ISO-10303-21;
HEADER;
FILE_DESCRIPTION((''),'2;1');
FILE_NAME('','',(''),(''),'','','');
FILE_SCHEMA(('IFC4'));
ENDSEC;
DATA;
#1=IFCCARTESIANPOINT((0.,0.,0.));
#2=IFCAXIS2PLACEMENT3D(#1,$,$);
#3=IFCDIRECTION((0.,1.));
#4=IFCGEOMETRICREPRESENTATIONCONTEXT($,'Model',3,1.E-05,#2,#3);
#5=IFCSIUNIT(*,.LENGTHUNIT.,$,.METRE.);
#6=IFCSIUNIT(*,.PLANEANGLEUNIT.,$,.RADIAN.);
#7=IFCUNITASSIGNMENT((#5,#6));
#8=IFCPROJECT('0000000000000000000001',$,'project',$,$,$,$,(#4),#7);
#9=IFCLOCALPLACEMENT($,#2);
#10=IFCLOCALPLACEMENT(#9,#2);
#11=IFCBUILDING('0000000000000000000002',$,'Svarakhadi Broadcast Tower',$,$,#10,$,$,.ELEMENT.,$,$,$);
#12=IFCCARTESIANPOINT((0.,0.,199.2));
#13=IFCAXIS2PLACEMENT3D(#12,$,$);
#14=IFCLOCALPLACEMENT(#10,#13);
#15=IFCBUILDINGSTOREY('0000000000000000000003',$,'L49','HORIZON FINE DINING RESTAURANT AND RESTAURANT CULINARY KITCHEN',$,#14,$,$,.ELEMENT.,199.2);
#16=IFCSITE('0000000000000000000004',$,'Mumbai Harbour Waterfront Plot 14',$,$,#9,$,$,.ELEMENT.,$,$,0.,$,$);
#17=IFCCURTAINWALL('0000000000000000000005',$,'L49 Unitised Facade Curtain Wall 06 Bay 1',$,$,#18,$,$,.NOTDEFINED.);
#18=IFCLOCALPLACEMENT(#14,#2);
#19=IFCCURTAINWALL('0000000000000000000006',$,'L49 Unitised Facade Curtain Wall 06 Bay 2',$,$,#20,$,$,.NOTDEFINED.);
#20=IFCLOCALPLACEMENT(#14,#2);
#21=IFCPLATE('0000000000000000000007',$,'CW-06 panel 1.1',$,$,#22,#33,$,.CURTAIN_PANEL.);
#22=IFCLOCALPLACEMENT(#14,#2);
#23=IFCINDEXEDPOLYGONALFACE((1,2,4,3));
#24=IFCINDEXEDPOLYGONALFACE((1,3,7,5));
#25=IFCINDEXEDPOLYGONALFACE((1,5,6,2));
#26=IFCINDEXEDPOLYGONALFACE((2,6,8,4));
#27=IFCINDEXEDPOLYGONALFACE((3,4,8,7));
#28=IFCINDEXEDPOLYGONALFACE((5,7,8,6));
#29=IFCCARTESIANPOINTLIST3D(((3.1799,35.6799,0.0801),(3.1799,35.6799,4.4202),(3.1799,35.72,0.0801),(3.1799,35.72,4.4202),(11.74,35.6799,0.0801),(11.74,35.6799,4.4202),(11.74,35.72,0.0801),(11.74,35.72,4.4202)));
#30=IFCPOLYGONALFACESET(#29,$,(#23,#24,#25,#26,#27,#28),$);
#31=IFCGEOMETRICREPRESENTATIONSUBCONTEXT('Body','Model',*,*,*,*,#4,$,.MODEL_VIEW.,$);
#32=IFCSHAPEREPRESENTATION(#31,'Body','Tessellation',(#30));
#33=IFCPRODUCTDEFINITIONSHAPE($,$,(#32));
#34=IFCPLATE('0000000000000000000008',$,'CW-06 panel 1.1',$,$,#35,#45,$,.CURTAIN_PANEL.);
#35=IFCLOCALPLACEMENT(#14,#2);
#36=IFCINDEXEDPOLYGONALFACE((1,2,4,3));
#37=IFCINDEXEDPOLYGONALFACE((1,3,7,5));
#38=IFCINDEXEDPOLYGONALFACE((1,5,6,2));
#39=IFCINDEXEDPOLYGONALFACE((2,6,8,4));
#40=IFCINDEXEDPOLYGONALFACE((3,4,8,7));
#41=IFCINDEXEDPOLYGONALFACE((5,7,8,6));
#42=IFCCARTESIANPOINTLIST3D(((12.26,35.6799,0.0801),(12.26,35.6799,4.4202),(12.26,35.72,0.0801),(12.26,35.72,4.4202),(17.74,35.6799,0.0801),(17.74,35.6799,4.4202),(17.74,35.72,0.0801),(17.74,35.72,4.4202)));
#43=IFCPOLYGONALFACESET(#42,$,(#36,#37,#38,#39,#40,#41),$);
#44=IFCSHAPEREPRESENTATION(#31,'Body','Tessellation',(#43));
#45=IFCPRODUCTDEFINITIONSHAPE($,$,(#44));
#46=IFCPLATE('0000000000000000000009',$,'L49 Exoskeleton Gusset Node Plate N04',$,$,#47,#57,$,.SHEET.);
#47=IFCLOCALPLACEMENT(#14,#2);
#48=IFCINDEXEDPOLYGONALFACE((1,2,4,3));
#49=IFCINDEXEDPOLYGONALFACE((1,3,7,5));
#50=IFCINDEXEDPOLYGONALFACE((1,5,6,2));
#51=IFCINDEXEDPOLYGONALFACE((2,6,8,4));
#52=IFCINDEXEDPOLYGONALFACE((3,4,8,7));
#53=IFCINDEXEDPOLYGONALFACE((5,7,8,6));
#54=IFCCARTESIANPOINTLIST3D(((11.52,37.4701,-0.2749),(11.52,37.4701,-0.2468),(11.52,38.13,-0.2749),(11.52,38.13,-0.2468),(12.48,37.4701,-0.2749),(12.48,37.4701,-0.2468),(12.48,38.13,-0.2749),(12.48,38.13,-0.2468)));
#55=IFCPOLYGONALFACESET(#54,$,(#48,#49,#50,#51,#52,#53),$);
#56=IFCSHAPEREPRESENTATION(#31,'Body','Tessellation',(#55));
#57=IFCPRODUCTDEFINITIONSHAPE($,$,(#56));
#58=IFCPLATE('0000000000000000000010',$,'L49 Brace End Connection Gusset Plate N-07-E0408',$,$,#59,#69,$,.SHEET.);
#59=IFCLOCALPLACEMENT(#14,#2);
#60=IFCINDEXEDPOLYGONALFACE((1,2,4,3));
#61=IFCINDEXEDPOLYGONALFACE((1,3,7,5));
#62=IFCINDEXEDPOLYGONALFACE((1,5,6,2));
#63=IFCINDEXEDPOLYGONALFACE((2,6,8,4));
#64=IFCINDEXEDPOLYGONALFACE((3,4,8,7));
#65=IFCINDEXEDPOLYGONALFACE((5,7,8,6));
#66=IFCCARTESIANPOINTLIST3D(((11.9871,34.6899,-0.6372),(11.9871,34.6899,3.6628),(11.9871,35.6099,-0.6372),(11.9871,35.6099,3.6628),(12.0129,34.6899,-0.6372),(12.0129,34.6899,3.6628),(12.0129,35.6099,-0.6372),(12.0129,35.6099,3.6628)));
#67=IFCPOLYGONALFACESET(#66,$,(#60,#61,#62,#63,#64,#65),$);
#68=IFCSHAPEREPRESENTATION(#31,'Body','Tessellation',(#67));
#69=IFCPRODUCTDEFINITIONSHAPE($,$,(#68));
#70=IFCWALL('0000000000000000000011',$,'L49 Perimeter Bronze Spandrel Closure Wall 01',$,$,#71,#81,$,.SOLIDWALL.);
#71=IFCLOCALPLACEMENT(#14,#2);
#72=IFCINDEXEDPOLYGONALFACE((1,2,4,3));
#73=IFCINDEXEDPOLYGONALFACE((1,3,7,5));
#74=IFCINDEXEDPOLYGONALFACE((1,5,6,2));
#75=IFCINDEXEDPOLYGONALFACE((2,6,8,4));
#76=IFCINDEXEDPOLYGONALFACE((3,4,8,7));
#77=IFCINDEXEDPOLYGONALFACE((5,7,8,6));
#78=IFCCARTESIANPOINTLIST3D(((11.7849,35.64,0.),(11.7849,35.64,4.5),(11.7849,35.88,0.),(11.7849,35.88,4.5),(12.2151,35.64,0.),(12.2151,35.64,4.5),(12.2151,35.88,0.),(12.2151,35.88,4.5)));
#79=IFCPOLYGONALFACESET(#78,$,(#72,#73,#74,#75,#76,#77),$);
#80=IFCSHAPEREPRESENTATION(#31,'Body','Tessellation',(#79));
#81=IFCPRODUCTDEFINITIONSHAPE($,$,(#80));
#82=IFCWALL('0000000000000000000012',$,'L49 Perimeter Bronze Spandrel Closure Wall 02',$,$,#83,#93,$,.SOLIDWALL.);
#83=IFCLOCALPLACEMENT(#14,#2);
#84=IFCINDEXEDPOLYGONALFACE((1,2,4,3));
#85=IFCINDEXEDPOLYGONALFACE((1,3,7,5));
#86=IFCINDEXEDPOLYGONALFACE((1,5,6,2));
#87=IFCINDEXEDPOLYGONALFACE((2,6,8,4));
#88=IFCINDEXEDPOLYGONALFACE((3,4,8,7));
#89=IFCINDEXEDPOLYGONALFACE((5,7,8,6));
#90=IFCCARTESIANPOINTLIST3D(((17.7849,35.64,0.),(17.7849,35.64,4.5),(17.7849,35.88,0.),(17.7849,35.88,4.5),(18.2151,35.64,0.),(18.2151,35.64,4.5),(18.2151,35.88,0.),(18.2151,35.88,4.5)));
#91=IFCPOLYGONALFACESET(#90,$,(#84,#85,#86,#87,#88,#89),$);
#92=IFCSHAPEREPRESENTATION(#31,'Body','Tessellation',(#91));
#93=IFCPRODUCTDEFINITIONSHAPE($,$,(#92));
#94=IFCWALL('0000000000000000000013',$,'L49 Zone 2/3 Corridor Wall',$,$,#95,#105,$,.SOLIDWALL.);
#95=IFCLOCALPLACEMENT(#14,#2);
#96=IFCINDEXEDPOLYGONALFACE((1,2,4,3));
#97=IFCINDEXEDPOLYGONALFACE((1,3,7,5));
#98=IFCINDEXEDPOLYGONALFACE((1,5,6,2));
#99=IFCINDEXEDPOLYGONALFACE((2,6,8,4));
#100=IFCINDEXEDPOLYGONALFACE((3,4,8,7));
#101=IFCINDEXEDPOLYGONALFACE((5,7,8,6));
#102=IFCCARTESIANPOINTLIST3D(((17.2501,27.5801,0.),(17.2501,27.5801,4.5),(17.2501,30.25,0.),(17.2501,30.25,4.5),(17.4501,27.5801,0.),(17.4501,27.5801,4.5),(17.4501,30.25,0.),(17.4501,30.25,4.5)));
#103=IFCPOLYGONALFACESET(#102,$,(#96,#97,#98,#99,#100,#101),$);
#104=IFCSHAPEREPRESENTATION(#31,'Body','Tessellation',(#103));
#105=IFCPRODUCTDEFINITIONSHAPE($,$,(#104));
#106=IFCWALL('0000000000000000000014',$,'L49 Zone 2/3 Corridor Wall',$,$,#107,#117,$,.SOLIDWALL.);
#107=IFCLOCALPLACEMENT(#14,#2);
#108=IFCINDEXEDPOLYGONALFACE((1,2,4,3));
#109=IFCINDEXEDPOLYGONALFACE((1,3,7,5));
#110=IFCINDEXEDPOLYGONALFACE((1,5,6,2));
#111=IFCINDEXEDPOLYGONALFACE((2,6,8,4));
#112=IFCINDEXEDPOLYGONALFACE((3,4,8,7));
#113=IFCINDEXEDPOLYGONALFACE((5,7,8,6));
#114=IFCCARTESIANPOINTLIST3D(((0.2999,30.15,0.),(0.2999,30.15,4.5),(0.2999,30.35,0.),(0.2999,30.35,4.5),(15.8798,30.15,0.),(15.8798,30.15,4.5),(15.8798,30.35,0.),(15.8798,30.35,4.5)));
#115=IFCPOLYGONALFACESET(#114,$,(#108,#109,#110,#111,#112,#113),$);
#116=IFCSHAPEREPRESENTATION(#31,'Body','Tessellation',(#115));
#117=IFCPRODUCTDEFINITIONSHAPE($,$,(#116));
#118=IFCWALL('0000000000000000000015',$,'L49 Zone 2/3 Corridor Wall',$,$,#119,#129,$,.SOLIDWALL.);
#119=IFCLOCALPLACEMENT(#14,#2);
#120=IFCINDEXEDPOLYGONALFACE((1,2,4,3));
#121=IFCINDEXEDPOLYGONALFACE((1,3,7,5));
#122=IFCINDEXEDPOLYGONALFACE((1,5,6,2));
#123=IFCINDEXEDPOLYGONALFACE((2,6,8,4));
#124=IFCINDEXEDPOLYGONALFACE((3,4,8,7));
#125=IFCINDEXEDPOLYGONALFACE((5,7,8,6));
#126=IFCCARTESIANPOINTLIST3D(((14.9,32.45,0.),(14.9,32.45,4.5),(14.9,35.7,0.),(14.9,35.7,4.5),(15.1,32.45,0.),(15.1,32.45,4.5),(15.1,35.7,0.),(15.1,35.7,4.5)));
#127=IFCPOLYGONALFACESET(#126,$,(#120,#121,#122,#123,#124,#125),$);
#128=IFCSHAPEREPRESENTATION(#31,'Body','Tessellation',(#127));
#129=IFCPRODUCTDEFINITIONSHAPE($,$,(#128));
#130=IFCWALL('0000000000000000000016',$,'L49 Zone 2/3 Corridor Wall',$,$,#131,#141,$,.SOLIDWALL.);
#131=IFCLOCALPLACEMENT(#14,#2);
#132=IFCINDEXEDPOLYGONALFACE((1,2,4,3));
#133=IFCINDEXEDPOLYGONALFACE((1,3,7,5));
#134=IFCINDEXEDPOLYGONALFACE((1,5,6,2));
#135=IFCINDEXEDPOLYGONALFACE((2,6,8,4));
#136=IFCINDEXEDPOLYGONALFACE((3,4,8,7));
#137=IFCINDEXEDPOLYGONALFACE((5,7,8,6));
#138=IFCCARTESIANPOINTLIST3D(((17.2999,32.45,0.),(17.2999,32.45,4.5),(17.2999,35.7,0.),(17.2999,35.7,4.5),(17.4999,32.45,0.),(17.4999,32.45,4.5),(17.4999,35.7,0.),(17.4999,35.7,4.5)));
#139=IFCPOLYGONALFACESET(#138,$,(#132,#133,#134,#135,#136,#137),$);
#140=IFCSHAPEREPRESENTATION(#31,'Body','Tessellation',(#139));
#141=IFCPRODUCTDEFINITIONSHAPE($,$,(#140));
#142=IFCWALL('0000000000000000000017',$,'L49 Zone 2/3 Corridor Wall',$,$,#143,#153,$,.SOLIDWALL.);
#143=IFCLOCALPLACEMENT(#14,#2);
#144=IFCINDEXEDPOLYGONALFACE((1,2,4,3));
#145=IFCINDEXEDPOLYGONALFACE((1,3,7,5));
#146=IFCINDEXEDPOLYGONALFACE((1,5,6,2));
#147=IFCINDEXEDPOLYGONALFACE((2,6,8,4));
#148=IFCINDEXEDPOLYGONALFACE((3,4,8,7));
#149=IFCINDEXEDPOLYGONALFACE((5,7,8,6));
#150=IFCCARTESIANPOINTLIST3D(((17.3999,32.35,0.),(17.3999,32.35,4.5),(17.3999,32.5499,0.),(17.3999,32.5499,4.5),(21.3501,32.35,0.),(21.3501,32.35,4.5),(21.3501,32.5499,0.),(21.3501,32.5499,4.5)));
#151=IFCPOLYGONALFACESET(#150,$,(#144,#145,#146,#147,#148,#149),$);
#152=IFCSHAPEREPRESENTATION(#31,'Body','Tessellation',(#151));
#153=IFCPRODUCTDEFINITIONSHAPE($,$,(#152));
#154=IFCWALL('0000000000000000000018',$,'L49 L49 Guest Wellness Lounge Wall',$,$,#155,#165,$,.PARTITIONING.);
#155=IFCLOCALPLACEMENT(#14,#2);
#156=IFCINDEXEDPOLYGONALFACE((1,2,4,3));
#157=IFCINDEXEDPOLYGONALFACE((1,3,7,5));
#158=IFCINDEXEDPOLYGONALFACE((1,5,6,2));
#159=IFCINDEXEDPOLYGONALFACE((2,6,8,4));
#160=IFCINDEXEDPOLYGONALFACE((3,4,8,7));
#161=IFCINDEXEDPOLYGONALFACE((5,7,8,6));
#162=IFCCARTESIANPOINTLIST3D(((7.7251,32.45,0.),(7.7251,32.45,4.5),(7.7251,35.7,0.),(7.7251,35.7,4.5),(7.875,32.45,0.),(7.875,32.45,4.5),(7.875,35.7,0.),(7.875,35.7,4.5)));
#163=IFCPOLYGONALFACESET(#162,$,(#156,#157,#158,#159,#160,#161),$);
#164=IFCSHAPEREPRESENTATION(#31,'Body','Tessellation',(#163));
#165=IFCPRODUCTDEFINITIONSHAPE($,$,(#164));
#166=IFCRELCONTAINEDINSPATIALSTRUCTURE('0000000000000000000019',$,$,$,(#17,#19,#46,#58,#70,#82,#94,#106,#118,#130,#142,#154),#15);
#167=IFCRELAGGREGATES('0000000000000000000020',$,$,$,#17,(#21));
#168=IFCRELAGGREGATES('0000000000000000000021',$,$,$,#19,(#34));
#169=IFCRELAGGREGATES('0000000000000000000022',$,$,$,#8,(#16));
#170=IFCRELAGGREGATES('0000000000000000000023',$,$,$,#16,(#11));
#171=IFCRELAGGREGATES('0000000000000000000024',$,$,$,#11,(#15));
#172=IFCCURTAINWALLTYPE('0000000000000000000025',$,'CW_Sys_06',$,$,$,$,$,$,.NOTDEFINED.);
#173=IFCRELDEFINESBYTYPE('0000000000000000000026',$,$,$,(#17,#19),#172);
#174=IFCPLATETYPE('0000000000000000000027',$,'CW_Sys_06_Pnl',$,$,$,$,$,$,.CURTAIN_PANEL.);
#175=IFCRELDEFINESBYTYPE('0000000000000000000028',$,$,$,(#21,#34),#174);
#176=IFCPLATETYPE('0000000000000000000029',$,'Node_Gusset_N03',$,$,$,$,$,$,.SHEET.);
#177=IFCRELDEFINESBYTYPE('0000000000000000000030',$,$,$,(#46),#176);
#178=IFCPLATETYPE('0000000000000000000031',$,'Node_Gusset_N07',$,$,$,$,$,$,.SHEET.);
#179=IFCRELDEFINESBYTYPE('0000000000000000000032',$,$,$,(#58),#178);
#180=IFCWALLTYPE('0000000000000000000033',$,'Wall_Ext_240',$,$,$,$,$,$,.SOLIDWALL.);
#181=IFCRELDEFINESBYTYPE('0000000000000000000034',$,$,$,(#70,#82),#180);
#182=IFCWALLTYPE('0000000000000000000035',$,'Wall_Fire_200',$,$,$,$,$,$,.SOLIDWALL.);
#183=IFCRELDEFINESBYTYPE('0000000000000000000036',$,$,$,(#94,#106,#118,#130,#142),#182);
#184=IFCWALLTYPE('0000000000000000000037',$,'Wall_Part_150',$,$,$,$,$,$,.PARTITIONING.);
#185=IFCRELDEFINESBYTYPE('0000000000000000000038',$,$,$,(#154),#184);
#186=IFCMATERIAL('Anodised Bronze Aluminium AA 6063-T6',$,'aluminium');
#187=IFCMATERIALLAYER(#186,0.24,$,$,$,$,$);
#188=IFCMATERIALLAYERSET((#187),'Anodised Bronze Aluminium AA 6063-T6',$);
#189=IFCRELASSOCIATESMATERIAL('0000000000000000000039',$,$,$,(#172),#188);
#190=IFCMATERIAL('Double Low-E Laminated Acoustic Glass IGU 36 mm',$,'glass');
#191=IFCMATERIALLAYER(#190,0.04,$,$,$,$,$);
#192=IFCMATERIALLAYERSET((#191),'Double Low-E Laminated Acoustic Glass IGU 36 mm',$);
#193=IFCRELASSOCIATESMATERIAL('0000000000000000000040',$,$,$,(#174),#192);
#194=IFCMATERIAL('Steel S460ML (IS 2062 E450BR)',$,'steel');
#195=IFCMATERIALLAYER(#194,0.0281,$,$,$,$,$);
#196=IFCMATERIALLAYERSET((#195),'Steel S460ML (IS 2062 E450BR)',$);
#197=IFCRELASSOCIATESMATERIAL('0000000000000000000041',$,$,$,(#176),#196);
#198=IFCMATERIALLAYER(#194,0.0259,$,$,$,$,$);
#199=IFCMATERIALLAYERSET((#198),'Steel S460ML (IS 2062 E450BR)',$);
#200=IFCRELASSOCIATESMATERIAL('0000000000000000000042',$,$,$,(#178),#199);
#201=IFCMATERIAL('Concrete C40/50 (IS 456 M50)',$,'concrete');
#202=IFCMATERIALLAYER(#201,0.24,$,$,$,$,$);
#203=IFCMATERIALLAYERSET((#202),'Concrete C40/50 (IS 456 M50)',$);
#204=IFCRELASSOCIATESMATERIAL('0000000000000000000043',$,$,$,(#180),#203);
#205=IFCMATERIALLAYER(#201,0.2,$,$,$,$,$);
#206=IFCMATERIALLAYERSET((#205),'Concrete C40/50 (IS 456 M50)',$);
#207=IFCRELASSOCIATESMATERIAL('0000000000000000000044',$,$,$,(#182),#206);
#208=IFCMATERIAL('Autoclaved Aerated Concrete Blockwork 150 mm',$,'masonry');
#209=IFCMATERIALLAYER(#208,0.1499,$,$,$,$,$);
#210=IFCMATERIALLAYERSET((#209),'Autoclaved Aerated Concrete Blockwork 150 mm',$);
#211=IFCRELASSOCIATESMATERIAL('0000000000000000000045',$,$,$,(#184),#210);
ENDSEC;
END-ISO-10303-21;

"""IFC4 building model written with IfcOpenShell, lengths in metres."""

from ifc_helpers import new_model, si_unit, direction, frame, frame_2d, origin, origin_2d, place, context, subcontext, project, spatial, rectangle, extrude, material, layer, layer_set, type_object, element, aggregate, save


model = new_model("IFC4")

# Units and contexts
model_context = context("Model", 3, precision=1e-05, world=origin(), true_north=direction((0.0, 1.0)))
body_context = subcontext(model_context, "Body", "Model", "MODEL_VIEW")
ifc_project = project(units=[si_unit("LENGTHUNIT", "METRE"), si_unit("PLANEANGLEUNIT", "RADIAN")], contexts=[model_context])

# Site, building, storey
site_placement = place(None, origin())
site = spatial("IfcSite", under=ifc_project, at=site_placement, Name="Mumbai Harbour Waterfront Plot 14", CompositionType="ELEMENT", RefElevation=0.0)
building_placement = place(site_placement, origin())
building = spatial("IfcBuilding", under=site, at=building_placement, Name="Svarakhadi Broadcast Tower", CompositionType="ELEMENT")
storey_placement = place(building_placement, frame((0.0, 0.0, 199.2)))
storey = spatial("IfcBuildingStorey", under=building, at=storey_placement, Name="L49", Description="HORIZON FINE DINING RESTAURANT AND RESTAURANT CULINARY KITCHEN", CompositionType="ELEMENT", Elevation=199.2)

# Shared definitions
ifc_material_1 = material(Name="Steel S460ML (IS 2062 E450BR)", Category="steel")

# Curtain wall
ifc_material_2 = material(Name="Anodised Bronze Aluminium AA 6063-T6", Category="aluminium")
ifc_layer_1 = layer(ifc_material_2, 0.24)
ifc_layer_set_1 = layer_set([ifc_layer_1], Name="Anodised Bronze Aluminium AA 6063-T6")
curtain_wall_type = type_object("IfcCurtainWallType", Name="CW_Sys_06", PredefinedType="NOTDEFINED", material=ifc_layer_set_1)
curtain_wall_1_placement = place(storey_placement, origin())
curtain_wall_1 = element("IfcCurtainWall", 1, at=curtain_wall_1_placement, inside=storey, type_object=curtain_wall_type, Name="L49 Unitised Facade Curtain Wall 06 Bay 1", PredefinedType="NOTDEFINED")

# Curtain wall
curtain_wall_2_placement = place(storey_placement, origin())
curtain_wall_2 = element("IfcCurtainWall", 2, at=curtain_wall_2_placement, inside=storey, type_object=curtain_wall_type, Name="L49 Unitised Facade Curtain Wall 06 Bay 2", PredefinedType="NOTDEFINED")

# Plates
ifc_material_3 = material(Name="Double Low-E Laminated Acoustic Glass IGU 36 mm", Category="glass")
ifc_layer_2 = layer(ifc_material_3, 0.04)
ifc_layer_set_2 = layer_set([ifc_layer_2], Name="Double Low-E Laminated Acoustic Glass IGU 36 mm")
plate_type_1 = type_object("IfcPlateType", Name="CW_Sys_06_Pnl", PredefinedType="CURTAIN_PANEL", material=ifc_layer_set_2)
plate_1_placement = place(storey_placement, frame((7.46, 35.7, 0.0801), z_axis=(0.0, 0.0, 1.0), x_axis=(1.0, 0.0, 0.0)))
plate_1 = element("IfcPlate", 3, at=plate_1_placement, type_object=plate_type_1, Name="CW-06 panel 1.1", PredefinedType="CURTAIN_PANEL", context=body_context, shape_type="SweptSolid", body=[
    extrude(rectangle(XDim=8.5601, YDim=0.04, at=origin_2d()), origin(), (0.0, 0.0, 1.0), 4.3401),
])
aggregate(curtain_wall_1, [plate_1])
plate_2_placement = place(storey_placement, frame((15.0, 35.7, 0.0801), z_axis=(0.0, 0.0, 1.0), x_axis=(1.0, 0.0, 0.0)))
plate_2 = element("IfcPlate", 4, at=plate_2_placement, type_object=plate_type_1, Name="CW-06 panel 1.1", PredefinedType="CURTAIN_PANEL", context=body_context, shape_type="SweptSolid", body=[
    extrude(rectangle(XDim=5.48, YDim=0.04, at=origin_2d()), origin(), (0.0, 0.0, 1.0), 4.3401),
])
aggregate(curtain_wall_2, [plate_2])

# Plates
ifc_layer_3 = layer(ifc_material_1, 0.0281)
ifc_layer_set_3 = layer_set([ifc_layer_3], Name="Steel S460ML (IS 2062 E450BR)")
plate_type_2 = type_object("IfcPlateType", Name="Node_Gusset_N03", PredefinedType="SHEET", material=ifc_layer_set_3)
plate_3_placement = place(storey_placement, frame((12.0, 37.8, -0.2749), z_axis=(0.0, 0.0, 1.0), x_axis=(1.0, 0.0, 0.0)))
element("IfcPlate", 5, at=plate_3_placement, inside=storey, type_object=plate_type_2, Name="L49 Exoskeleton Gusset Node Plate N04", PredefinedType="SHEET", context=body_context, shape_type="SweptSolid", body=[
    extrude(rectangle(XDim=0.96, YDim=0.6599, at=origin_2d()), origin(), (0.0, 0.0, 1.0), 0.0281),
])
ifc_layer_4 = layer(ifc_material_1, 0.0259)
ifc_layer_set_4 = layer_set([ifc_layer_4], Name="Steel S460ML (IS 2062 E450BR)")
plate_type_3 = type_object("IfcPlateType", Name="Node_Gusset_N07", PredefinedType="SHEET", material=ifc_layer_set_4)
plate_4_placement = place(storey_placement, frame((12.0, 35.1499, -0.6372), z_axis=(0.0, 0.0, 1.0), x_axis=(0.0, 1.0, 0.0)))
element("IfcPlate", 6, at=plate_4_placement, inside=storey, type_object=plate_type_3, Name="L49 Brace End Connection Gusset Plate N-07-E0408", PredefinedType="SHEET", context=body_context, shape_type="SweptSolid", body=[
    extrude(rectangle(XDim=0.9199, YDim=0.0259, at=origin_2d()), origin(), (0.0, 0.0, 1.0), 4.3),
])

# Walls
ifc_material_4 = material(Name="Concrete C40/50 (IS 456 M50)", Category="concrete")
ifc_layer_5 = layer(ifc_material_4, 0.24)
ifc_layer_set_5 = layer_set([ifc_layer_5], Name="Concrete C40/50 (IS 456 M50)")
wall_type_1 = type_object("IfcWallType", Name="Wall_Ext_240", PredefinedType="SOLIDWALL", material=ifc_layer_set_5)
for number, where, z_axis, x_axis, name in (
    (7, (11.7849, 35.76, 0.0), (0.0, 0.0, 1.0), (1.0, 0.0, 0.0), "L49 Perimeter Bronze Spandrel Closure Wall 01"),
    (8, (17.7849, 35.76, 0.0), (0.0, 0.0, 1.0), (1.0, 0.0, 0.0), "L49 Perimeter Bronze Spandrel Closure Wall 02"),
):
    element("IfcWall", number, at=place(storey_placement, frame(where, z_axis=z_axis, x_axis=x_axis)), inside=storey, type_object=wall_type_1, Name=name, PredefinedType="SOLIDWALL", context=body_context, shape_type="SweptSolid", body=[
        extrude(rectangle(XDim=0.4302, YDim=0.24, at=frame_2d((0.2151, 0.0))), origin(), (0.0, 0.0, 1.0), 4.5),
    ])
ifc_layer_6 = layer(ifc_material_4, 0.2)
ifc_layer_set_6 = layer_set([ifc_layer_6], Name="Concrete C40/50 (IS 456 M50)")
wall_type_2 = type_object("IfcWallType", Name="Wall_Fire_200", PredefinedType="SOLIDWALL", material=ifc_layer_set_6)
wall_1_placement = place(storey_placement, frame((17.3501, 30.25, 0.0), z_axis=(0.0, 0.0, 1.0), x_axis=(0.0, -1.0, 0.0)))
element("IfcWall", 9, at=wall_1_placement, inside=storey, type_object=wall_type_2, Name="L49 Zone 2/3 Corridor Wall", PredefinedType="SOLIDWALL", context=body_context, shape_type="SweptSolid", body=[
    extrude(rectangle(XDim=2.6699, YDim=0.2, at=frame_2d((1.335, 0.0))), origin(), (0.0, 0.0, 1.0), 4.5),
])
wall_2_placement = place(storey_placement, frame((15.8799, 30.25, 0.0), z_axis=(0.0, 0.0, 1.0), x_axis=(-1.0, 0.0, 0.0)))
element("IfcWall", 10, at=wall_2_placement, inside=storey, type_object=wall_type_2, Name="L49 Zone 2/3 Corridor Wall", PredefinedType="SOLIDWALL", context=body_context, shape_type="SweptSolid", body=[
    extrude(rectangle(XDim=15.5798, YDim=0.2, at=frame_2d((7.79, 0.0))), origin(), (0.0, 0.0, 1.0), 4.5),
])
for number, where, z_axis, x_axis, name in (
    (11, (15.0, 32.45, 0.0), (0.0, 0.0, 1.0), (0.0, 1.0, 0.0), "L49 Zone 2/3 Corridor Wall"),
    (12, (17.3999, 35.7, 0.0), (0.0, 0.0, 1.0), (0.0, -1.0, 0.0), "L49 Zone 2/3 Corridor Wall"),
):
    element("IfcWall", number, at=place(storey_placement, frame(where, z_axis=z_axis, x_axis=x_axis)), inside=storey, type_object=wall_type_2, Name=name, PredefinedType="SOLIDWALL", context=body_context, shape_type="SweptSolid", body=[
        extrude(rectangle(XDim=3.25, YDim=0.2, at=frame_2d((1.625, 0.0))), origin(), (0.0, 0.0, 1.0), 4.5),
    ])
wall_3_placement = place(storey_placement, frame((17.3999, 32.45, 0.0), z_axis=(0.0, 0.0, 1.0), x_axis=(1.0, 0.0, 0.0)))
element("IfcWall", 13, at=wall_3_placement, inside=storey, type_object=wall_type_2, Name="L49 Zone 2/3 Corridor Wall", PredefinedType="SOLIDWALL", context=body_context, shape_type="SweptSolid", body=[
    extrude(rectangle(XDim=3.9502, YDim=0.2, at=frame_2d((1.9751, 0.0))), origin(), (0.0, 0.0, 1.0), 4.5),
])
ifc_material_5 = material(Name="Autoclaved Aerated Concrete Blockwork 150 mm", Category="masonry")
ifc_layer_7 = layer(ifc_material_5, 0.1499)
ifc_layer_set_7 = layer_set([ifc_layer_7], Name="Autoclaved Aerated Concrete Blockwork 150 mm")
wall_type_3 = type_object("IfcWallType", Name="Wall_Part_150", PredefinedType="PARTITIONING", material=ifc_layer_set_7)
wall_4_placement = place(storey_placement, frame((7.8, 32.45, 0.0), z_axis=(0.0, 0.0, 1.0), x_axis=(0.0, 1.0, 0.0)))
element("IfcWall", 14, at=wall_4_placement, inside=storey, type_object=wall_type_3, Name="L49 L49 Guest Wellness Lounge Wall", PredefinedType="PARTITIONING", context=body_context, shape_type="SweptSolid", body=[
    extrude(rectangle(XDim=3.25, YDim=0.1499, at=frame_2d((1.625, 0.0))), origin(), (0.0, 0.0, 1.0), 4.5),
])

save(model, "model.ifc")
